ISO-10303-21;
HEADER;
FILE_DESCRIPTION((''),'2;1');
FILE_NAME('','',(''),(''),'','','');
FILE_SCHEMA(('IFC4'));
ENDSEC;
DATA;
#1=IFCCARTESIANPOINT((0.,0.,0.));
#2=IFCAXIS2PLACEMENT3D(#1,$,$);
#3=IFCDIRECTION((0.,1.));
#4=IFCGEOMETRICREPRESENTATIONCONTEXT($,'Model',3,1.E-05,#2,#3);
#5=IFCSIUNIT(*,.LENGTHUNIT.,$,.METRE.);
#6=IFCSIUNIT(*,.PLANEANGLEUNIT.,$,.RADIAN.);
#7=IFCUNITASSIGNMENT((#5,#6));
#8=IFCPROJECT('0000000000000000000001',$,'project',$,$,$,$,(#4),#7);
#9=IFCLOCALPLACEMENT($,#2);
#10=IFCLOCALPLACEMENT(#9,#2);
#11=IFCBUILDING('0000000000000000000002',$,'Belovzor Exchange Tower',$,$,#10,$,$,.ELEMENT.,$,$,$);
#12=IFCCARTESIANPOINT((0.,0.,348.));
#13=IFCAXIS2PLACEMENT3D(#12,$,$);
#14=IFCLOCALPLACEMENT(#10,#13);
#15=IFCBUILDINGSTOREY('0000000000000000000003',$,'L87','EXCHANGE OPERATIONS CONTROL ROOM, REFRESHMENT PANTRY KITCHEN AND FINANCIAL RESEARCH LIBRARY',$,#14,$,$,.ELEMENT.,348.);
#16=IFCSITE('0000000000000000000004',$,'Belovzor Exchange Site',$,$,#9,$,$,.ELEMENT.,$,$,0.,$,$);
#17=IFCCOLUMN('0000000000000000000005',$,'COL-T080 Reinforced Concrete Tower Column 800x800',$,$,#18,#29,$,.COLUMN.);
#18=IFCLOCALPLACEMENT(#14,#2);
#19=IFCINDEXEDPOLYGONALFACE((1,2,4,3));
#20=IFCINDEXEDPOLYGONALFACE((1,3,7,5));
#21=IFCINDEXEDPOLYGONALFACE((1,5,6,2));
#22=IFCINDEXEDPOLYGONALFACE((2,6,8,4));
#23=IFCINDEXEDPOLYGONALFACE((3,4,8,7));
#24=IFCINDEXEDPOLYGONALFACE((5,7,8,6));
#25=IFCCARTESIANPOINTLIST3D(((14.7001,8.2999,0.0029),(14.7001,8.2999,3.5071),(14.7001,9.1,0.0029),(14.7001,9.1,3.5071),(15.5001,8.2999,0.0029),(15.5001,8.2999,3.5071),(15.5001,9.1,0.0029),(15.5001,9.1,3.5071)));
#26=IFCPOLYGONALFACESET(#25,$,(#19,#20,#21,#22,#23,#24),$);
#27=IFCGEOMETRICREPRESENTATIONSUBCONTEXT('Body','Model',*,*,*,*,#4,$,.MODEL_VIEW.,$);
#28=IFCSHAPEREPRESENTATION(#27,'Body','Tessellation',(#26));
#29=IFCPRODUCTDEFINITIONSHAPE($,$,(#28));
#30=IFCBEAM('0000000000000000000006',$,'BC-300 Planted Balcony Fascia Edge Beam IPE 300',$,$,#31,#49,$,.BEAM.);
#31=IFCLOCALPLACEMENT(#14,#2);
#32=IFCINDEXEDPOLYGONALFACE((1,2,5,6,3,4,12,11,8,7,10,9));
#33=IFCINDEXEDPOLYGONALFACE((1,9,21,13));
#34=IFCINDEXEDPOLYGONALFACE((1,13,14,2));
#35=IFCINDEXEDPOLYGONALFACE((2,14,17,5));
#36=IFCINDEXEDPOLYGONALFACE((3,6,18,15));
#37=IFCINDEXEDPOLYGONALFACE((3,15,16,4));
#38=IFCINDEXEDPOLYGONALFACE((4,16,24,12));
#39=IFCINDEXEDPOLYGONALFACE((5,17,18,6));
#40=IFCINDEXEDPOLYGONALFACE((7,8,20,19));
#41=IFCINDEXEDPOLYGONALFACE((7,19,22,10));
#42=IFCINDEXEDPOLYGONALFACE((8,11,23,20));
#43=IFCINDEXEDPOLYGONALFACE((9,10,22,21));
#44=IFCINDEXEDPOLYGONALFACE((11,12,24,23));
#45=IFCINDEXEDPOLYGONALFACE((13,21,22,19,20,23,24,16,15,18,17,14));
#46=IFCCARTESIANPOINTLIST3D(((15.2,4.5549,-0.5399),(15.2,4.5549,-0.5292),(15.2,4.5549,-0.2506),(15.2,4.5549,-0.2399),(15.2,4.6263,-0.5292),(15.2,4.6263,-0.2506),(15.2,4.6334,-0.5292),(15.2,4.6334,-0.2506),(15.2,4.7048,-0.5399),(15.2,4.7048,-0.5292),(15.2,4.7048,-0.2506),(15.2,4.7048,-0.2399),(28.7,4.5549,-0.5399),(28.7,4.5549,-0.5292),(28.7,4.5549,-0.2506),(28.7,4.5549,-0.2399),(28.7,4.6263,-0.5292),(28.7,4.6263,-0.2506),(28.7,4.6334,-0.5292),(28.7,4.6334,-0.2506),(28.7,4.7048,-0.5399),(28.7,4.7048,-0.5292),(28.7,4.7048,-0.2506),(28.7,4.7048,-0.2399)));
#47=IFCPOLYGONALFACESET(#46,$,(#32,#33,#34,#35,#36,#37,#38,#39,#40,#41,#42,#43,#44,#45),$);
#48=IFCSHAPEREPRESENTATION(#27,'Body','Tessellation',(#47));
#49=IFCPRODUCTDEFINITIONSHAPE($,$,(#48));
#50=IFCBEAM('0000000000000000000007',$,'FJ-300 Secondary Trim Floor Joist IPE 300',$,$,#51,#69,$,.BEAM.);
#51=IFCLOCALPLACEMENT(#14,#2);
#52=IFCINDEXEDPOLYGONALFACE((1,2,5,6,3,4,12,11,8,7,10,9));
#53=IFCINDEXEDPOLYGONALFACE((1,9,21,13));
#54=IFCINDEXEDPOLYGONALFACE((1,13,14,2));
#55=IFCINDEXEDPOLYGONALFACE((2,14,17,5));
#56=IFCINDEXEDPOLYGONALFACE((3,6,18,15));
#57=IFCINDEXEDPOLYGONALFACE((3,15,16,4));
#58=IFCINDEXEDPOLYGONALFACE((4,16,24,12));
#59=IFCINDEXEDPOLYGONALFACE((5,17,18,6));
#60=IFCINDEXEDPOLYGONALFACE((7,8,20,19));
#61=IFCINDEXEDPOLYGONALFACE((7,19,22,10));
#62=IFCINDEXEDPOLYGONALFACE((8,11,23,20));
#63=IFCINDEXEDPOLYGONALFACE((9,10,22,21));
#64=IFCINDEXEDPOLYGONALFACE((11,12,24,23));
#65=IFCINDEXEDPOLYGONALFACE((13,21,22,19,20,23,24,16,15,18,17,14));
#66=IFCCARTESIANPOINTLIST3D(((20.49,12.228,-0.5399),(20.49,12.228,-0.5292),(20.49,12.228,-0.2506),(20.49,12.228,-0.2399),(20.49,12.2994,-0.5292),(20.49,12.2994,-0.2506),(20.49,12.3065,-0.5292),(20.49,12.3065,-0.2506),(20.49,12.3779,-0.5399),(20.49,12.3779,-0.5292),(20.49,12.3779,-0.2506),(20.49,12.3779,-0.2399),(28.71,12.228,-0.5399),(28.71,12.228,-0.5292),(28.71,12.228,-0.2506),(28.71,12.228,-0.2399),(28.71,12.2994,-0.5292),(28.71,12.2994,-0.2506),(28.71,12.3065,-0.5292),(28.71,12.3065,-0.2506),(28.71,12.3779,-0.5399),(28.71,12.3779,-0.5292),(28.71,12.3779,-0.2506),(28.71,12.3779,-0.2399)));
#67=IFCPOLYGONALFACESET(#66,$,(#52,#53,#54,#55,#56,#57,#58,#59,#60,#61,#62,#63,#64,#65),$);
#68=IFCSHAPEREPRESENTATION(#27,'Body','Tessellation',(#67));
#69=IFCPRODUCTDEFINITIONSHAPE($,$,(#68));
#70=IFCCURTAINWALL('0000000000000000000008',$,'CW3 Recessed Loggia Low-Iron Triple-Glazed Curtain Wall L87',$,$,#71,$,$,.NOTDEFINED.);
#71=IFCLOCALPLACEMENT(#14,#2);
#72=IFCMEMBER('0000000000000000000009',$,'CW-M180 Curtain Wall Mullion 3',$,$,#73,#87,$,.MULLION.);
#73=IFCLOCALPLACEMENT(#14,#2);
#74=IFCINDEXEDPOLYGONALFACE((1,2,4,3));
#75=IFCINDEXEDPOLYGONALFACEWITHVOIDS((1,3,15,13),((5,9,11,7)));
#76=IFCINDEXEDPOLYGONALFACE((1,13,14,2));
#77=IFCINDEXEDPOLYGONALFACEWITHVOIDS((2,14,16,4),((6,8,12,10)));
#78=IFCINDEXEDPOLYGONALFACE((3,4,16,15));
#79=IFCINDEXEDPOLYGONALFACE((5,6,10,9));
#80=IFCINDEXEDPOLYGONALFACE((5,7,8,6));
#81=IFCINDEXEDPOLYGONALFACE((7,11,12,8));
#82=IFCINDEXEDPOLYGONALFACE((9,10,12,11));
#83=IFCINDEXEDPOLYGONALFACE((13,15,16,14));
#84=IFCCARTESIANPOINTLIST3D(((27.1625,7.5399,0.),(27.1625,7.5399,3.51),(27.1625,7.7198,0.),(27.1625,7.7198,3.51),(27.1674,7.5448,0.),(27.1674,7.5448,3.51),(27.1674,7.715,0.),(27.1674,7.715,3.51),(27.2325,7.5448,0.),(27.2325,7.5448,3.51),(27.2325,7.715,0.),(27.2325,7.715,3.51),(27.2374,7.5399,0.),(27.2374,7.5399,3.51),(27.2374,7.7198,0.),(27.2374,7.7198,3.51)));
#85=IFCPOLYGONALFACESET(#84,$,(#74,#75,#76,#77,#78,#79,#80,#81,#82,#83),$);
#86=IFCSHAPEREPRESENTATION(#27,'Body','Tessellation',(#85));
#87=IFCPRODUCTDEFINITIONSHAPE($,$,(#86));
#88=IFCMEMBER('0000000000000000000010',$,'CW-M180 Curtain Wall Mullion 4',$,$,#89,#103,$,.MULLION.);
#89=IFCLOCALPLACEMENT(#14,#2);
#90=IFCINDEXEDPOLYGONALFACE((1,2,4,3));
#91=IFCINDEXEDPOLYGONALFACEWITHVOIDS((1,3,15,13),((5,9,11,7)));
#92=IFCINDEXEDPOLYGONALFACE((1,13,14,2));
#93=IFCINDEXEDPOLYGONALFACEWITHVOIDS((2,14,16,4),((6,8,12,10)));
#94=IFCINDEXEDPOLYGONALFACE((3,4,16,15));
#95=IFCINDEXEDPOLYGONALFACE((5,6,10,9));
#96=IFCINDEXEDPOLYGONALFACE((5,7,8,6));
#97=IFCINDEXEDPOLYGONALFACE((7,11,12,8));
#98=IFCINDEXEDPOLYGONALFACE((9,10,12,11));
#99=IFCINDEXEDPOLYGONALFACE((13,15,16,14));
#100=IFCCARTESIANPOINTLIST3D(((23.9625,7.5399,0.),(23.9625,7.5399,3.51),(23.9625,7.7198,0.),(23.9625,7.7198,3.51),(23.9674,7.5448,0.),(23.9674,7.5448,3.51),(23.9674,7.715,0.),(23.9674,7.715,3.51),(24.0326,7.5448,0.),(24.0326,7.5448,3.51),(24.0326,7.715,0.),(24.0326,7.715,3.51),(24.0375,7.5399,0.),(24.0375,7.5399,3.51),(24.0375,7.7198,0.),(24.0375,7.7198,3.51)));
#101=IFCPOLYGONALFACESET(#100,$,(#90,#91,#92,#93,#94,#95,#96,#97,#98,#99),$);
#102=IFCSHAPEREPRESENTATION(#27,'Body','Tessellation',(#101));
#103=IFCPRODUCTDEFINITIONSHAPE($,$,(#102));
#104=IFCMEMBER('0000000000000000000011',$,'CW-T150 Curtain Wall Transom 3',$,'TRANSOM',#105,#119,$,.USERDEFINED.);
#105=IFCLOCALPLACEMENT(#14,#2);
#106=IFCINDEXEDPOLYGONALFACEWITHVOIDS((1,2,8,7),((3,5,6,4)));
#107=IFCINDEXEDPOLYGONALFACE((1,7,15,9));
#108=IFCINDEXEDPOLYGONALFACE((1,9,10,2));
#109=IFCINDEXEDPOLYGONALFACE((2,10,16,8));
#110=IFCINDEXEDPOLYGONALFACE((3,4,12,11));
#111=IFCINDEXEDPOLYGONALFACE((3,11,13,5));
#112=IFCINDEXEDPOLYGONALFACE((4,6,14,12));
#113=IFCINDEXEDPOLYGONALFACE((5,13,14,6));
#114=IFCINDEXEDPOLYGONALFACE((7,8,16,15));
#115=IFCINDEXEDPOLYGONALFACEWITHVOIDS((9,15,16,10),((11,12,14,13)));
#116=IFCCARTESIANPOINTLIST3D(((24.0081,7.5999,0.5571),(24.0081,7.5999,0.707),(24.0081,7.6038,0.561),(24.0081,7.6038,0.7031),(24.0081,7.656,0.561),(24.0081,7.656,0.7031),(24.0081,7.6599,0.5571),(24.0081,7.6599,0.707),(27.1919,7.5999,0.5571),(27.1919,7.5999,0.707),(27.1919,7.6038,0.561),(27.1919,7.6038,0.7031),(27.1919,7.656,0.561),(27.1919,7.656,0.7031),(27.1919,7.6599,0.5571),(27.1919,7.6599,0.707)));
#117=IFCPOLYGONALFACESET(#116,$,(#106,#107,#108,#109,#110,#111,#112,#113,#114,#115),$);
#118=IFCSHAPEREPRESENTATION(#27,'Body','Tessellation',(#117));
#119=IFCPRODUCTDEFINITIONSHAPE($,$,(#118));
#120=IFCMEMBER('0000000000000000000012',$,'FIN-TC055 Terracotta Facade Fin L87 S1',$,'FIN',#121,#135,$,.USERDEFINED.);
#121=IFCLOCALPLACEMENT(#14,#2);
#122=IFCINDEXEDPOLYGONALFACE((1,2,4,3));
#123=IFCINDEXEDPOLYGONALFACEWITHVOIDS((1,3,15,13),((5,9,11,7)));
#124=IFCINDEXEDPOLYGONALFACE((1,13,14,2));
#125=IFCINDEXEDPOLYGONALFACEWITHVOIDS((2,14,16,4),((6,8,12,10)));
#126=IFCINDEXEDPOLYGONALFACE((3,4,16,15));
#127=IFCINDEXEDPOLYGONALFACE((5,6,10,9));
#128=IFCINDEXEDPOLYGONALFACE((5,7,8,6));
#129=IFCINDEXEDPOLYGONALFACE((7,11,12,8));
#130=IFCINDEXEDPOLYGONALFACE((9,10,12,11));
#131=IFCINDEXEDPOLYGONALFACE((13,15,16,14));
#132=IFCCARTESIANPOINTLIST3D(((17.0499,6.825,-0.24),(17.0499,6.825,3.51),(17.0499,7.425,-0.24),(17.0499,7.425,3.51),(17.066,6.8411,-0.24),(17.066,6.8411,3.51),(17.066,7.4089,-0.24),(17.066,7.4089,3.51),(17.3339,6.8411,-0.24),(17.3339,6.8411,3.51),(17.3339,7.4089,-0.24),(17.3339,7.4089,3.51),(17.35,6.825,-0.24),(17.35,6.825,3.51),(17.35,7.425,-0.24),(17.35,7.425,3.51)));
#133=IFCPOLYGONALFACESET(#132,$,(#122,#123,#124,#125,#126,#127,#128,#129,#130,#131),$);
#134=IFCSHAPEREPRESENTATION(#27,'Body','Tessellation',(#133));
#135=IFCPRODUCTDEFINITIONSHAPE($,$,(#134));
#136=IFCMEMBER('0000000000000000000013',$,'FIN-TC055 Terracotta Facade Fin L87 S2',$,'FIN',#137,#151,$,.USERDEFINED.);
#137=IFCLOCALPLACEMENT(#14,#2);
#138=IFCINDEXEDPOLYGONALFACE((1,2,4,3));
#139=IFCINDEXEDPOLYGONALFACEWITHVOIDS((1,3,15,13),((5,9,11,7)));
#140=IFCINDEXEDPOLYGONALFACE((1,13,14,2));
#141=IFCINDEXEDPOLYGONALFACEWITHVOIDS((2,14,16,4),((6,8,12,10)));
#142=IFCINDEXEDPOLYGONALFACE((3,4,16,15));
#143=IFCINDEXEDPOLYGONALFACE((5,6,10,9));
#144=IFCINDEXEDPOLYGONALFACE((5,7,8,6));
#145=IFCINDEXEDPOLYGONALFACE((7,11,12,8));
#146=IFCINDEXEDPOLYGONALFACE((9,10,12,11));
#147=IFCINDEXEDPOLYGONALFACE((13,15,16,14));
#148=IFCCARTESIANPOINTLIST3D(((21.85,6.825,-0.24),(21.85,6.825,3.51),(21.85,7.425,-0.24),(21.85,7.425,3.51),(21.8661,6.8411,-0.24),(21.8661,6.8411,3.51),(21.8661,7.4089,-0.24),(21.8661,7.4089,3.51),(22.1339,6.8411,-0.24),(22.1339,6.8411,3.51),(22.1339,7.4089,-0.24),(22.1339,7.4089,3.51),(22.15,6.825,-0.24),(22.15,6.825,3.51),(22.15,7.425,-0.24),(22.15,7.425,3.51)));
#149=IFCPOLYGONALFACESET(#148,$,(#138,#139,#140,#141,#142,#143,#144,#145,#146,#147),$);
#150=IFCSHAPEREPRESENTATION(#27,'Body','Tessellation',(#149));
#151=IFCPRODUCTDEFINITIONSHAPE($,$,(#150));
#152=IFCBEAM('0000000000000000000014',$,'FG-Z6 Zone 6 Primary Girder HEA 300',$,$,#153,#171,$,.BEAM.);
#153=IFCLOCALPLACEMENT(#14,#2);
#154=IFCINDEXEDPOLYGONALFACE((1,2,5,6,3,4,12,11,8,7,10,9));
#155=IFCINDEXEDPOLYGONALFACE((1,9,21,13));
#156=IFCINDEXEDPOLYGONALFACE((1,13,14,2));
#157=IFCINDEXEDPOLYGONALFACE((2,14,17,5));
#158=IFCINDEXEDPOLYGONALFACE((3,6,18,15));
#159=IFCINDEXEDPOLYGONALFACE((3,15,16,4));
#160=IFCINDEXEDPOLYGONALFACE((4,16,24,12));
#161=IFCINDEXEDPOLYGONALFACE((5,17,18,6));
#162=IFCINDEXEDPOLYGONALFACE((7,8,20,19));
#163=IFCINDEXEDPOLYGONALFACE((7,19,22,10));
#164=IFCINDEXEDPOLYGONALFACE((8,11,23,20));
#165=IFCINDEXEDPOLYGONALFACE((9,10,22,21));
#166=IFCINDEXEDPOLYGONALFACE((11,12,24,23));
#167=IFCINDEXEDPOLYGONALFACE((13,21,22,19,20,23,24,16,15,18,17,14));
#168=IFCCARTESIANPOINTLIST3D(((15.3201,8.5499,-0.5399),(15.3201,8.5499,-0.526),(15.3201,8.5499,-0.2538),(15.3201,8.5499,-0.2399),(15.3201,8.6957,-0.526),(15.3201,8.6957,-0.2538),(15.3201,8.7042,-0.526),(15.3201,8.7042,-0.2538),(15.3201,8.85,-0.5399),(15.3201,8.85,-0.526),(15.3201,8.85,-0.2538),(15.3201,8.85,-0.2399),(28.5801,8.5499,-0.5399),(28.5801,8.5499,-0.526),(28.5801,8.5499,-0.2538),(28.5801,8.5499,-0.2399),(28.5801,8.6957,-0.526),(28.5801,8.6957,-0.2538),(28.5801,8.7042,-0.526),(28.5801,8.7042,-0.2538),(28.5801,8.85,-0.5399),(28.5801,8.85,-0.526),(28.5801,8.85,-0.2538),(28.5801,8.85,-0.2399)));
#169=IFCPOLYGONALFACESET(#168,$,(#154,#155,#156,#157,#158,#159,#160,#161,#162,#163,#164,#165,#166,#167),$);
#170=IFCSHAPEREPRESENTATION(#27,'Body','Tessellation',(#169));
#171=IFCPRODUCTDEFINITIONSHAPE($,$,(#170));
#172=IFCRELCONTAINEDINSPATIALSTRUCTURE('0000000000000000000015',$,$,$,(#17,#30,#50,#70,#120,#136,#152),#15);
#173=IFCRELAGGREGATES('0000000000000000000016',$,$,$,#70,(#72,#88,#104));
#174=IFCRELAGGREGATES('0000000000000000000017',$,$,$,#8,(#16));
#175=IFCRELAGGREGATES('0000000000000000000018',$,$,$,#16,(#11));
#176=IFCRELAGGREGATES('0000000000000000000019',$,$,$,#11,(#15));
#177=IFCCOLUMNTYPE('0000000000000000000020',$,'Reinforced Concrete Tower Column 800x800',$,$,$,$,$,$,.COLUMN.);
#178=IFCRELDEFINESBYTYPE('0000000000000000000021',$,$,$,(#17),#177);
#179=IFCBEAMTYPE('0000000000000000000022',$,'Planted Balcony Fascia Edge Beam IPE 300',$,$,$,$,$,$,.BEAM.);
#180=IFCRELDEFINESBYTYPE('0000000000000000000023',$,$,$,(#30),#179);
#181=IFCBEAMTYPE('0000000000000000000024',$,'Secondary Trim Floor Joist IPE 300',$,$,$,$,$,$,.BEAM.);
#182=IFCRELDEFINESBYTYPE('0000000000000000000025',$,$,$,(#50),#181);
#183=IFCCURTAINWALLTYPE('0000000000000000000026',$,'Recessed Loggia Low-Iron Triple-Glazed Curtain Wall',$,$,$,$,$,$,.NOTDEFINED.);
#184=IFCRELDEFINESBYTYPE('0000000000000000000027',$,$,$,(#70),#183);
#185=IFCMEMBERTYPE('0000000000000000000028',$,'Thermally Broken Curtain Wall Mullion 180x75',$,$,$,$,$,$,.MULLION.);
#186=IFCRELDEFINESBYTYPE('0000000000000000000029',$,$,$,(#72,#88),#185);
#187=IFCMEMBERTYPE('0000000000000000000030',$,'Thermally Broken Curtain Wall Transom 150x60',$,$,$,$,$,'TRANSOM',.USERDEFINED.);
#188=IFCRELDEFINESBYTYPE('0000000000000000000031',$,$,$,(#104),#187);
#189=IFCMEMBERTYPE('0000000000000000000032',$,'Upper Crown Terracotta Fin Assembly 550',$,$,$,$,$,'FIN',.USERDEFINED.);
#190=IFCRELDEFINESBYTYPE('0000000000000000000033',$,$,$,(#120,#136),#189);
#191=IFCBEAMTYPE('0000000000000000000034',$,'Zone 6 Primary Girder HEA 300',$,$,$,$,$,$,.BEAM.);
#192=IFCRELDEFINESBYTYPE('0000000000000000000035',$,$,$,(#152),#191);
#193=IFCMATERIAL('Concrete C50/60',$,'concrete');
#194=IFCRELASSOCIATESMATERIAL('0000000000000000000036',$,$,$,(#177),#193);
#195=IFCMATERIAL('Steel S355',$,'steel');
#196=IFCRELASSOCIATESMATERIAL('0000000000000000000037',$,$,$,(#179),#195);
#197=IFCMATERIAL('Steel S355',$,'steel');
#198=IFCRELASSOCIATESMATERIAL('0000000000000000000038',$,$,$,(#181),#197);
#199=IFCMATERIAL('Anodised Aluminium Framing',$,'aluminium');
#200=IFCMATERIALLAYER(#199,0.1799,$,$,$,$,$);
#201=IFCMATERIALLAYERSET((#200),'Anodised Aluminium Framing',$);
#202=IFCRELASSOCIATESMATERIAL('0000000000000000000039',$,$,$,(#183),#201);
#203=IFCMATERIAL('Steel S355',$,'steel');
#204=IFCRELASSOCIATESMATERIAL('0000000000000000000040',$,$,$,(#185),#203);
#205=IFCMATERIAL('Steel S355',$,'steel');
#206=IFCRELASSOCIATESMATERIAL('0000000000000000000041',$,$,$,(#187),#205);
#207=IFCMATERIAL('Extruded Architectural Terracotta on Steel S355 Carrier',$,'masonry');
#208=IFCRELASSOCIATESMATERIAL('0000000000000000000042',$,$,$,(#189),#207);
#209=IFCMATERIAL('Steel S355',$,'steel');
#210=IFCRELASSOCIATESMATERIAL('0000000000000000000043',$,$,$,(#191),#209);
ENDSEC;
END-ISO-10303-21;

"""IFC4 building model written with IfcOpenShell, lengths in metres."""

from ifc_helpers import new_model, si_unit, direction, frame, origin, origin_2d, place, context, subcontext, project, spatial, rectangle, hollow_rectangle, i_section, extrude, material, layer, layer_set, material_profile, profile_set, type_object, element, aggregate, save


model = new_model("IFC4")

# Units and contexts
model_context = context("Model", 3, precision=1e-05, world=origin(), true_north=direction((0.0, 1.0)))
body_context = subcontext(model_context, "Body", "Model", "MODEL_VIEW")
ifc_project = project(units=[si_unit("LENGTHUNIT", "METRE"), si_unit("PLANEANGLEUNIT", "RADIAN")], contexts=[model_context])

# Site, building, storey
site_placement = place(None, origin())
site = spatial("IfcSite", under=ifc_project, at=site_placement, Name="Belovzor Exchange Site", CompositionType="ELEMENT", RefElevation=0.0)
building_placement = place(site_placement, origin())
building = spatial("IfcBuilding", under=site, at=building_placement, Name="Belovzor Exchange Tower", CompositionType="ELEMENT")
storey_placement = place(building_placement, frame((0.0, 0.0, 348.0)))
storey = spatial("IfcBuildingStorey", under=building, at=storey_placement, Name="L87", Description="EXCHANGE OPERATIONS CONTROL ROOM, REFRESHMENT PANTRY KITCHEN AND FINANCIAL RESEARCH LIBRARY", CompositionType="ELEMENT", Elevation=348.0)

# Column
ifc_material_1 = material(Name="Concrete C50/60", Category="concrete")
ifc_material_profile_1 = material_profile(ifc_material_1, rectangle(XDim=0.8, YDim=0.8, at=origin_2d()))
ifc_profile_set_1 = profile_set([ifc_material_profile_1], Name="Concrete C50/60")
column_type = type_object("IfcColumnType", Name="Reinforced Concrete Tower Column 800x800", PredefinedType="COLUMN", material=ifc_profile_set_1)
column_placement = place(storey_placement, frame((15.1001, 8.7, 0.0029), z_axis=(0.0, 0.0, 1.0), x_axis=(1.0, 0.0, 0.0)))
element("IfcColumn", 1, at=column_placement, inside=storey, type_object=column_type, Name="COL-T080 Reinforced Concrete Tower Column 800x800", PredefinedType="COLUMN", context=body_context, shape_type="SweptSolid", body=[
    extrude(rectangle(XDim=0.8, YDim=0.8, at=origin_2d()), origin(), (0.0, 0.0, 1.0), 3.5042),
])

# Beams
ifc_material_2 = material(Name="Steel S355", Category="steel")
ifc_material_profile_2 = material_profile(ifc_material_2, i_section(OverallWidth=0.1499, OverallDepth=0.3, WebThickness=0.0071, FlangeThickness=0.0107, at=origin_2d()))
ifc_profile_set_2 = profile_set([ifc_material_profile_2], Name="Steel S355")
beam_type_1 = type_object("IfcBeamType", Name="Planted Balcony Fascia Edge Beam IPE 300", PredefinedType="BEAM", material=ifc_profile_set_2)
beam_1_placement = place(storey_placement, frame((15.2, 4.6299, -0.3899), z_axis=(1.0, 0.0, 0.0), x_axis=(0.0, 1.0, 0.0)))
element("IfcBeam", 2, at=beam_1_placement, inside=storey, type_object=beam_type_1, Name="BC-300 Planted Balcony Fascia Edge Beam IPE 300", PredefinedType="BEAM", context=body_context, shape_type="SweptSolid", body=[
    extrude(i_section(OverallWidth=0.1499, OverallDepth=0.3, WebThickness=0.0071, FlangeThickness=0.0107, at=origin_2d()), origin(), (0.0, 0.0, 1.0), 13.5),
])
ifc_material_3 = material(Name="Steel S355", Category="steel")
ifc_material_profile_3 = material_profile(ifc_material_3, i_section(OverallWidth=0.1499, OverallDepth=0.3, WebThickness=0.0071, FlangeThickness=0.0107, at=origin_2d()))
ifc_profile_set_3 = profile_set([ifc_material_profile_3], Name="Steel S355")
beam_type_2 = type_object("IfcBeamType", Name="Secondary Trim Floor Joist IPE 300", PredefinedType="BEAM", material=ifc_profile_set_3)
beam_2_placement = place(storey_placement, frame((20.49, 12.303, -0.3899), z_axis=(1.0, 0.0, 0.0), x_axis=(0.0, 1.0, 0.0)))
element("IfcBeam", 3, at=beam_2_placement, inside=storey, type_object=beam_type_2, Name="FJ-300 Secondary Trim Floor Joist IPE 300", PredefinedType="BEAM", context=body_context, shape_type="SweptSolid", body=[
    extrude(i_section(OverallWidth=0.1499, OverallDepth=0.3, WebThickness=0.0071, FlangeThickness=0.0107, at=origin_2d()), origin(), (0.0, 0.0, 1.0), 8.22),
])

# Curtain wall, members
ifc_material_4 = material(Name="Anodised Aluminium Framing", Category="aluminium")
ifc_layer_1 = layer(ifc_material_4, 0.1799)
ifc_layer_set_1 = layer_set([ifc_layer_1], Name="Anodised Aluminium Framing")
curtain_wall_type = type_object("IfcCurtainWallType", Name="Recessed Loggia Low-Iron Triple-Glazed Curtain Wall", PredefinedType="NOTDEFINED", material=ifc_layer_set_1)
curtain_wall_placement = place(storey_placement, origin())
curtain_wall = element("IfcCurtainWall", 4, at=curtain_wall_placement, inside=storey, type_object=curtain_wall_type, Name="CW3 Recessed Loggia Low-Iron Triple-Glazed Curtain Wall L87", PredefinedType="NOTDEFINED")
ifc_material_5 = material(Name="Steel S355", Category="steel")
ifc_material_profile_4 = material_profile(ifc_material_5, hollow_rectangle(XDim=0.075, YDim=0.1799, WallThickness=0.0049, at=origin_2d()))
ifc_profile_set_4 = profile_set([ifc_material_profile_4], Name="Steel S355")
member_type_1 = type_object("IfcMemberType", Name="Thermally Broken Curtain Wall Mullion 180x75", PredefinedType="MULLION", material=ifc_profile_set_4)
member_1_placement = place(storey_placement, frame((27.2, 7.6299, 0.0), z_axis=(0.0, 0.0, 1.0), x_axis=(-1.0, 0.0, 0.0)))
member_1 = element("IfcMember", 5, at=member_1_placement, type_object=member_type_1, Name="CW-M180 Curtain Wall Mullion 3", PredefinedType="MULLION", context=body_context, shape_type="SweptSolid", body=[
    extrude(hollow_rectangle(XDim=0.075, YDim=0.1799, WallThickness=0.0049, at=origin_2d()), origin(), (0.0, 0.0, 1.0), 3.51),
])
member_2_placement = place(storey_placement, frame((24.0, 7.6299, 0.0), z_axis=(0.0, 0.0, 1.0), x_axis=(-1.0, 0.0, 0.0)))
member_2 = element("IfcMember", 6, at=member_2_placement, type_object=member_type_1, Name="CW-M180 Curtain Wall Mullion 4", PredefinedType="MULLION", context=body_context, shape_type="SweptSolid", body=[
    extrude(hollow_rectangle(XDim=0.075, YDim=0.1799, WallThickness=0.0049, at=origin_2d()), origin(), (0.0, 0.0, 1.0), 3.51),
])
ifc_material_6 = material(Name="Steel S355", Category="steel")
ifc_material_profile_5 = material_profile(ifc_material_6, hollow_rectangle(XDim=0.0601, YDim=0.1499, WallThickness=0.0039, at=origin_2d()))
ifc_profile_set_5 = profile_set([ifc_material_profile_5], Name="Steel S355")
member_type_2 = type_object("IfcMemberType", Name="Thermally Broken Curtain Wall Transom 150x60", ElementType="TRANSOM", PredefinedType="USERDEFINED", material=ifc_profile_set_5)
member_3_placement = place(storey_placement, frame((27.1919, 7.6299, 0.6321), z_axis=(-1.0, 0.0, 0.0), x_axis=(0.0, -1.0, 0.0)))
member_3 = element("IfcMember", 7, at=member_3_placement, type_object=member_type_2, Name="CW-T150 Curtain Wall Transom 3", ObjectType="TRANSOM", PredefinedType="USERDEFINED", context=body_context, shape_type="SweptSolid", body=[
    extrude(hollow_rectangle(XDim=0.0601, YDim=0.1499, WallThickness=0.0039, at=origin_2d()), origin(), (0.0, 0.0, 1.0), 3.1838),
])

# Members
ifc_material_7 = material(Name="Extruded Architectural Terracotta on Steel S355 Carrier", Category="masonry")
ifc_material_profile_6 = material_profile(ifc_material_7, hollow_rectangle(XDim=0.3, YDim=0.6001, WallThickness=0.0161, at=origin_2d()))
ifc_profile_set_6 = profile_set([ifc_material_profile_6], Name="Extruded Architectural Terracotta on Steel S355 Carrier")
member_type_3 = type_object("IfcMemberType", Name="Upper Crown Terracotta Fin Assembly 550", ElementType="FIN", PredefinedType="USERDEFINED", material=ifc_profile_set_6)
for number, where, z_axis, x_axis, name in (
    (8, (17.2, 7.125, -0.24), (0.0, 0.0, 1.0), (1.0, 0.0, 0.0), "FIN-TC055 Terracotta Facade Fin L87 S1"),
    (9, (22.0, 7.125, -0.24), (0.0, 0.0, 1.0), (1.0, 0.0, 0.0), "FIN-TC055 Terracotta Facade Fin L87 S2"),
):
    element("IfcMember", number, at=place(storey_placement, frame(where, z_axis=z_axis, x_axis=x_axis)), inside=storey, type_object=member_type_3, Name=name, ObjectType="FIN", PredefinedType="USERDEFINED", context=body_context, shape_type="SweptSolid", body=[
        extrude(hollow_rectangle(XDim=0.3, YDim=0.6001, WallThickness=0.0161, at=origin_2d()), origin(), (0.0, 0.0, 1.0), 3.75),
    ])

# Beam
ifc_material_8 = material(Name="Steel S355", Category="steel")
ifc_material_profile_7 = material_profile(ifc_material_8, i_section(OverallWidth=0.3, OverallDepth=0.3, WebThickness=0.0085, FlangeThickness=0.0139, at=origin_2d()))
ifc_profile_set_7 = profile_set([ifc_material_profile_7], Name="Steel S355")
beam_type_3 = type_object("IfcBeamType", Name="Zone 6 Primary Girder HEA 300", PredefinedType="BEAM", material=ifc_profile_set_7)
beam_3_placement = place(storey_placement, frame((15.3201, 8.7, -0.3899), z_axis=(1.0, 0.0, 0.0), x_axis=(0.0, 1.0, 0.0)))
element("IfcBeam", 10, at=beam_3_placement, inside=storey, type_object=beam_type_3, Name="FG-Z6 Zone 6 Primary Girder HEA 300", PredefinedType="BEAM", context=body_context, shape_type="SweptSolid", body=[
    extrude(i_section(OverallWidth=0.3, OverallDepth=0.3, WebThickness=0.0085, FlangeThickness=0.0139, at=origin_2d()), origin(), (0.0, 0.0, 1.0), 13.26),
])

aggregate(curtain_wall, [member_1, member_2, member_3])

save(model, "model.ifc")
